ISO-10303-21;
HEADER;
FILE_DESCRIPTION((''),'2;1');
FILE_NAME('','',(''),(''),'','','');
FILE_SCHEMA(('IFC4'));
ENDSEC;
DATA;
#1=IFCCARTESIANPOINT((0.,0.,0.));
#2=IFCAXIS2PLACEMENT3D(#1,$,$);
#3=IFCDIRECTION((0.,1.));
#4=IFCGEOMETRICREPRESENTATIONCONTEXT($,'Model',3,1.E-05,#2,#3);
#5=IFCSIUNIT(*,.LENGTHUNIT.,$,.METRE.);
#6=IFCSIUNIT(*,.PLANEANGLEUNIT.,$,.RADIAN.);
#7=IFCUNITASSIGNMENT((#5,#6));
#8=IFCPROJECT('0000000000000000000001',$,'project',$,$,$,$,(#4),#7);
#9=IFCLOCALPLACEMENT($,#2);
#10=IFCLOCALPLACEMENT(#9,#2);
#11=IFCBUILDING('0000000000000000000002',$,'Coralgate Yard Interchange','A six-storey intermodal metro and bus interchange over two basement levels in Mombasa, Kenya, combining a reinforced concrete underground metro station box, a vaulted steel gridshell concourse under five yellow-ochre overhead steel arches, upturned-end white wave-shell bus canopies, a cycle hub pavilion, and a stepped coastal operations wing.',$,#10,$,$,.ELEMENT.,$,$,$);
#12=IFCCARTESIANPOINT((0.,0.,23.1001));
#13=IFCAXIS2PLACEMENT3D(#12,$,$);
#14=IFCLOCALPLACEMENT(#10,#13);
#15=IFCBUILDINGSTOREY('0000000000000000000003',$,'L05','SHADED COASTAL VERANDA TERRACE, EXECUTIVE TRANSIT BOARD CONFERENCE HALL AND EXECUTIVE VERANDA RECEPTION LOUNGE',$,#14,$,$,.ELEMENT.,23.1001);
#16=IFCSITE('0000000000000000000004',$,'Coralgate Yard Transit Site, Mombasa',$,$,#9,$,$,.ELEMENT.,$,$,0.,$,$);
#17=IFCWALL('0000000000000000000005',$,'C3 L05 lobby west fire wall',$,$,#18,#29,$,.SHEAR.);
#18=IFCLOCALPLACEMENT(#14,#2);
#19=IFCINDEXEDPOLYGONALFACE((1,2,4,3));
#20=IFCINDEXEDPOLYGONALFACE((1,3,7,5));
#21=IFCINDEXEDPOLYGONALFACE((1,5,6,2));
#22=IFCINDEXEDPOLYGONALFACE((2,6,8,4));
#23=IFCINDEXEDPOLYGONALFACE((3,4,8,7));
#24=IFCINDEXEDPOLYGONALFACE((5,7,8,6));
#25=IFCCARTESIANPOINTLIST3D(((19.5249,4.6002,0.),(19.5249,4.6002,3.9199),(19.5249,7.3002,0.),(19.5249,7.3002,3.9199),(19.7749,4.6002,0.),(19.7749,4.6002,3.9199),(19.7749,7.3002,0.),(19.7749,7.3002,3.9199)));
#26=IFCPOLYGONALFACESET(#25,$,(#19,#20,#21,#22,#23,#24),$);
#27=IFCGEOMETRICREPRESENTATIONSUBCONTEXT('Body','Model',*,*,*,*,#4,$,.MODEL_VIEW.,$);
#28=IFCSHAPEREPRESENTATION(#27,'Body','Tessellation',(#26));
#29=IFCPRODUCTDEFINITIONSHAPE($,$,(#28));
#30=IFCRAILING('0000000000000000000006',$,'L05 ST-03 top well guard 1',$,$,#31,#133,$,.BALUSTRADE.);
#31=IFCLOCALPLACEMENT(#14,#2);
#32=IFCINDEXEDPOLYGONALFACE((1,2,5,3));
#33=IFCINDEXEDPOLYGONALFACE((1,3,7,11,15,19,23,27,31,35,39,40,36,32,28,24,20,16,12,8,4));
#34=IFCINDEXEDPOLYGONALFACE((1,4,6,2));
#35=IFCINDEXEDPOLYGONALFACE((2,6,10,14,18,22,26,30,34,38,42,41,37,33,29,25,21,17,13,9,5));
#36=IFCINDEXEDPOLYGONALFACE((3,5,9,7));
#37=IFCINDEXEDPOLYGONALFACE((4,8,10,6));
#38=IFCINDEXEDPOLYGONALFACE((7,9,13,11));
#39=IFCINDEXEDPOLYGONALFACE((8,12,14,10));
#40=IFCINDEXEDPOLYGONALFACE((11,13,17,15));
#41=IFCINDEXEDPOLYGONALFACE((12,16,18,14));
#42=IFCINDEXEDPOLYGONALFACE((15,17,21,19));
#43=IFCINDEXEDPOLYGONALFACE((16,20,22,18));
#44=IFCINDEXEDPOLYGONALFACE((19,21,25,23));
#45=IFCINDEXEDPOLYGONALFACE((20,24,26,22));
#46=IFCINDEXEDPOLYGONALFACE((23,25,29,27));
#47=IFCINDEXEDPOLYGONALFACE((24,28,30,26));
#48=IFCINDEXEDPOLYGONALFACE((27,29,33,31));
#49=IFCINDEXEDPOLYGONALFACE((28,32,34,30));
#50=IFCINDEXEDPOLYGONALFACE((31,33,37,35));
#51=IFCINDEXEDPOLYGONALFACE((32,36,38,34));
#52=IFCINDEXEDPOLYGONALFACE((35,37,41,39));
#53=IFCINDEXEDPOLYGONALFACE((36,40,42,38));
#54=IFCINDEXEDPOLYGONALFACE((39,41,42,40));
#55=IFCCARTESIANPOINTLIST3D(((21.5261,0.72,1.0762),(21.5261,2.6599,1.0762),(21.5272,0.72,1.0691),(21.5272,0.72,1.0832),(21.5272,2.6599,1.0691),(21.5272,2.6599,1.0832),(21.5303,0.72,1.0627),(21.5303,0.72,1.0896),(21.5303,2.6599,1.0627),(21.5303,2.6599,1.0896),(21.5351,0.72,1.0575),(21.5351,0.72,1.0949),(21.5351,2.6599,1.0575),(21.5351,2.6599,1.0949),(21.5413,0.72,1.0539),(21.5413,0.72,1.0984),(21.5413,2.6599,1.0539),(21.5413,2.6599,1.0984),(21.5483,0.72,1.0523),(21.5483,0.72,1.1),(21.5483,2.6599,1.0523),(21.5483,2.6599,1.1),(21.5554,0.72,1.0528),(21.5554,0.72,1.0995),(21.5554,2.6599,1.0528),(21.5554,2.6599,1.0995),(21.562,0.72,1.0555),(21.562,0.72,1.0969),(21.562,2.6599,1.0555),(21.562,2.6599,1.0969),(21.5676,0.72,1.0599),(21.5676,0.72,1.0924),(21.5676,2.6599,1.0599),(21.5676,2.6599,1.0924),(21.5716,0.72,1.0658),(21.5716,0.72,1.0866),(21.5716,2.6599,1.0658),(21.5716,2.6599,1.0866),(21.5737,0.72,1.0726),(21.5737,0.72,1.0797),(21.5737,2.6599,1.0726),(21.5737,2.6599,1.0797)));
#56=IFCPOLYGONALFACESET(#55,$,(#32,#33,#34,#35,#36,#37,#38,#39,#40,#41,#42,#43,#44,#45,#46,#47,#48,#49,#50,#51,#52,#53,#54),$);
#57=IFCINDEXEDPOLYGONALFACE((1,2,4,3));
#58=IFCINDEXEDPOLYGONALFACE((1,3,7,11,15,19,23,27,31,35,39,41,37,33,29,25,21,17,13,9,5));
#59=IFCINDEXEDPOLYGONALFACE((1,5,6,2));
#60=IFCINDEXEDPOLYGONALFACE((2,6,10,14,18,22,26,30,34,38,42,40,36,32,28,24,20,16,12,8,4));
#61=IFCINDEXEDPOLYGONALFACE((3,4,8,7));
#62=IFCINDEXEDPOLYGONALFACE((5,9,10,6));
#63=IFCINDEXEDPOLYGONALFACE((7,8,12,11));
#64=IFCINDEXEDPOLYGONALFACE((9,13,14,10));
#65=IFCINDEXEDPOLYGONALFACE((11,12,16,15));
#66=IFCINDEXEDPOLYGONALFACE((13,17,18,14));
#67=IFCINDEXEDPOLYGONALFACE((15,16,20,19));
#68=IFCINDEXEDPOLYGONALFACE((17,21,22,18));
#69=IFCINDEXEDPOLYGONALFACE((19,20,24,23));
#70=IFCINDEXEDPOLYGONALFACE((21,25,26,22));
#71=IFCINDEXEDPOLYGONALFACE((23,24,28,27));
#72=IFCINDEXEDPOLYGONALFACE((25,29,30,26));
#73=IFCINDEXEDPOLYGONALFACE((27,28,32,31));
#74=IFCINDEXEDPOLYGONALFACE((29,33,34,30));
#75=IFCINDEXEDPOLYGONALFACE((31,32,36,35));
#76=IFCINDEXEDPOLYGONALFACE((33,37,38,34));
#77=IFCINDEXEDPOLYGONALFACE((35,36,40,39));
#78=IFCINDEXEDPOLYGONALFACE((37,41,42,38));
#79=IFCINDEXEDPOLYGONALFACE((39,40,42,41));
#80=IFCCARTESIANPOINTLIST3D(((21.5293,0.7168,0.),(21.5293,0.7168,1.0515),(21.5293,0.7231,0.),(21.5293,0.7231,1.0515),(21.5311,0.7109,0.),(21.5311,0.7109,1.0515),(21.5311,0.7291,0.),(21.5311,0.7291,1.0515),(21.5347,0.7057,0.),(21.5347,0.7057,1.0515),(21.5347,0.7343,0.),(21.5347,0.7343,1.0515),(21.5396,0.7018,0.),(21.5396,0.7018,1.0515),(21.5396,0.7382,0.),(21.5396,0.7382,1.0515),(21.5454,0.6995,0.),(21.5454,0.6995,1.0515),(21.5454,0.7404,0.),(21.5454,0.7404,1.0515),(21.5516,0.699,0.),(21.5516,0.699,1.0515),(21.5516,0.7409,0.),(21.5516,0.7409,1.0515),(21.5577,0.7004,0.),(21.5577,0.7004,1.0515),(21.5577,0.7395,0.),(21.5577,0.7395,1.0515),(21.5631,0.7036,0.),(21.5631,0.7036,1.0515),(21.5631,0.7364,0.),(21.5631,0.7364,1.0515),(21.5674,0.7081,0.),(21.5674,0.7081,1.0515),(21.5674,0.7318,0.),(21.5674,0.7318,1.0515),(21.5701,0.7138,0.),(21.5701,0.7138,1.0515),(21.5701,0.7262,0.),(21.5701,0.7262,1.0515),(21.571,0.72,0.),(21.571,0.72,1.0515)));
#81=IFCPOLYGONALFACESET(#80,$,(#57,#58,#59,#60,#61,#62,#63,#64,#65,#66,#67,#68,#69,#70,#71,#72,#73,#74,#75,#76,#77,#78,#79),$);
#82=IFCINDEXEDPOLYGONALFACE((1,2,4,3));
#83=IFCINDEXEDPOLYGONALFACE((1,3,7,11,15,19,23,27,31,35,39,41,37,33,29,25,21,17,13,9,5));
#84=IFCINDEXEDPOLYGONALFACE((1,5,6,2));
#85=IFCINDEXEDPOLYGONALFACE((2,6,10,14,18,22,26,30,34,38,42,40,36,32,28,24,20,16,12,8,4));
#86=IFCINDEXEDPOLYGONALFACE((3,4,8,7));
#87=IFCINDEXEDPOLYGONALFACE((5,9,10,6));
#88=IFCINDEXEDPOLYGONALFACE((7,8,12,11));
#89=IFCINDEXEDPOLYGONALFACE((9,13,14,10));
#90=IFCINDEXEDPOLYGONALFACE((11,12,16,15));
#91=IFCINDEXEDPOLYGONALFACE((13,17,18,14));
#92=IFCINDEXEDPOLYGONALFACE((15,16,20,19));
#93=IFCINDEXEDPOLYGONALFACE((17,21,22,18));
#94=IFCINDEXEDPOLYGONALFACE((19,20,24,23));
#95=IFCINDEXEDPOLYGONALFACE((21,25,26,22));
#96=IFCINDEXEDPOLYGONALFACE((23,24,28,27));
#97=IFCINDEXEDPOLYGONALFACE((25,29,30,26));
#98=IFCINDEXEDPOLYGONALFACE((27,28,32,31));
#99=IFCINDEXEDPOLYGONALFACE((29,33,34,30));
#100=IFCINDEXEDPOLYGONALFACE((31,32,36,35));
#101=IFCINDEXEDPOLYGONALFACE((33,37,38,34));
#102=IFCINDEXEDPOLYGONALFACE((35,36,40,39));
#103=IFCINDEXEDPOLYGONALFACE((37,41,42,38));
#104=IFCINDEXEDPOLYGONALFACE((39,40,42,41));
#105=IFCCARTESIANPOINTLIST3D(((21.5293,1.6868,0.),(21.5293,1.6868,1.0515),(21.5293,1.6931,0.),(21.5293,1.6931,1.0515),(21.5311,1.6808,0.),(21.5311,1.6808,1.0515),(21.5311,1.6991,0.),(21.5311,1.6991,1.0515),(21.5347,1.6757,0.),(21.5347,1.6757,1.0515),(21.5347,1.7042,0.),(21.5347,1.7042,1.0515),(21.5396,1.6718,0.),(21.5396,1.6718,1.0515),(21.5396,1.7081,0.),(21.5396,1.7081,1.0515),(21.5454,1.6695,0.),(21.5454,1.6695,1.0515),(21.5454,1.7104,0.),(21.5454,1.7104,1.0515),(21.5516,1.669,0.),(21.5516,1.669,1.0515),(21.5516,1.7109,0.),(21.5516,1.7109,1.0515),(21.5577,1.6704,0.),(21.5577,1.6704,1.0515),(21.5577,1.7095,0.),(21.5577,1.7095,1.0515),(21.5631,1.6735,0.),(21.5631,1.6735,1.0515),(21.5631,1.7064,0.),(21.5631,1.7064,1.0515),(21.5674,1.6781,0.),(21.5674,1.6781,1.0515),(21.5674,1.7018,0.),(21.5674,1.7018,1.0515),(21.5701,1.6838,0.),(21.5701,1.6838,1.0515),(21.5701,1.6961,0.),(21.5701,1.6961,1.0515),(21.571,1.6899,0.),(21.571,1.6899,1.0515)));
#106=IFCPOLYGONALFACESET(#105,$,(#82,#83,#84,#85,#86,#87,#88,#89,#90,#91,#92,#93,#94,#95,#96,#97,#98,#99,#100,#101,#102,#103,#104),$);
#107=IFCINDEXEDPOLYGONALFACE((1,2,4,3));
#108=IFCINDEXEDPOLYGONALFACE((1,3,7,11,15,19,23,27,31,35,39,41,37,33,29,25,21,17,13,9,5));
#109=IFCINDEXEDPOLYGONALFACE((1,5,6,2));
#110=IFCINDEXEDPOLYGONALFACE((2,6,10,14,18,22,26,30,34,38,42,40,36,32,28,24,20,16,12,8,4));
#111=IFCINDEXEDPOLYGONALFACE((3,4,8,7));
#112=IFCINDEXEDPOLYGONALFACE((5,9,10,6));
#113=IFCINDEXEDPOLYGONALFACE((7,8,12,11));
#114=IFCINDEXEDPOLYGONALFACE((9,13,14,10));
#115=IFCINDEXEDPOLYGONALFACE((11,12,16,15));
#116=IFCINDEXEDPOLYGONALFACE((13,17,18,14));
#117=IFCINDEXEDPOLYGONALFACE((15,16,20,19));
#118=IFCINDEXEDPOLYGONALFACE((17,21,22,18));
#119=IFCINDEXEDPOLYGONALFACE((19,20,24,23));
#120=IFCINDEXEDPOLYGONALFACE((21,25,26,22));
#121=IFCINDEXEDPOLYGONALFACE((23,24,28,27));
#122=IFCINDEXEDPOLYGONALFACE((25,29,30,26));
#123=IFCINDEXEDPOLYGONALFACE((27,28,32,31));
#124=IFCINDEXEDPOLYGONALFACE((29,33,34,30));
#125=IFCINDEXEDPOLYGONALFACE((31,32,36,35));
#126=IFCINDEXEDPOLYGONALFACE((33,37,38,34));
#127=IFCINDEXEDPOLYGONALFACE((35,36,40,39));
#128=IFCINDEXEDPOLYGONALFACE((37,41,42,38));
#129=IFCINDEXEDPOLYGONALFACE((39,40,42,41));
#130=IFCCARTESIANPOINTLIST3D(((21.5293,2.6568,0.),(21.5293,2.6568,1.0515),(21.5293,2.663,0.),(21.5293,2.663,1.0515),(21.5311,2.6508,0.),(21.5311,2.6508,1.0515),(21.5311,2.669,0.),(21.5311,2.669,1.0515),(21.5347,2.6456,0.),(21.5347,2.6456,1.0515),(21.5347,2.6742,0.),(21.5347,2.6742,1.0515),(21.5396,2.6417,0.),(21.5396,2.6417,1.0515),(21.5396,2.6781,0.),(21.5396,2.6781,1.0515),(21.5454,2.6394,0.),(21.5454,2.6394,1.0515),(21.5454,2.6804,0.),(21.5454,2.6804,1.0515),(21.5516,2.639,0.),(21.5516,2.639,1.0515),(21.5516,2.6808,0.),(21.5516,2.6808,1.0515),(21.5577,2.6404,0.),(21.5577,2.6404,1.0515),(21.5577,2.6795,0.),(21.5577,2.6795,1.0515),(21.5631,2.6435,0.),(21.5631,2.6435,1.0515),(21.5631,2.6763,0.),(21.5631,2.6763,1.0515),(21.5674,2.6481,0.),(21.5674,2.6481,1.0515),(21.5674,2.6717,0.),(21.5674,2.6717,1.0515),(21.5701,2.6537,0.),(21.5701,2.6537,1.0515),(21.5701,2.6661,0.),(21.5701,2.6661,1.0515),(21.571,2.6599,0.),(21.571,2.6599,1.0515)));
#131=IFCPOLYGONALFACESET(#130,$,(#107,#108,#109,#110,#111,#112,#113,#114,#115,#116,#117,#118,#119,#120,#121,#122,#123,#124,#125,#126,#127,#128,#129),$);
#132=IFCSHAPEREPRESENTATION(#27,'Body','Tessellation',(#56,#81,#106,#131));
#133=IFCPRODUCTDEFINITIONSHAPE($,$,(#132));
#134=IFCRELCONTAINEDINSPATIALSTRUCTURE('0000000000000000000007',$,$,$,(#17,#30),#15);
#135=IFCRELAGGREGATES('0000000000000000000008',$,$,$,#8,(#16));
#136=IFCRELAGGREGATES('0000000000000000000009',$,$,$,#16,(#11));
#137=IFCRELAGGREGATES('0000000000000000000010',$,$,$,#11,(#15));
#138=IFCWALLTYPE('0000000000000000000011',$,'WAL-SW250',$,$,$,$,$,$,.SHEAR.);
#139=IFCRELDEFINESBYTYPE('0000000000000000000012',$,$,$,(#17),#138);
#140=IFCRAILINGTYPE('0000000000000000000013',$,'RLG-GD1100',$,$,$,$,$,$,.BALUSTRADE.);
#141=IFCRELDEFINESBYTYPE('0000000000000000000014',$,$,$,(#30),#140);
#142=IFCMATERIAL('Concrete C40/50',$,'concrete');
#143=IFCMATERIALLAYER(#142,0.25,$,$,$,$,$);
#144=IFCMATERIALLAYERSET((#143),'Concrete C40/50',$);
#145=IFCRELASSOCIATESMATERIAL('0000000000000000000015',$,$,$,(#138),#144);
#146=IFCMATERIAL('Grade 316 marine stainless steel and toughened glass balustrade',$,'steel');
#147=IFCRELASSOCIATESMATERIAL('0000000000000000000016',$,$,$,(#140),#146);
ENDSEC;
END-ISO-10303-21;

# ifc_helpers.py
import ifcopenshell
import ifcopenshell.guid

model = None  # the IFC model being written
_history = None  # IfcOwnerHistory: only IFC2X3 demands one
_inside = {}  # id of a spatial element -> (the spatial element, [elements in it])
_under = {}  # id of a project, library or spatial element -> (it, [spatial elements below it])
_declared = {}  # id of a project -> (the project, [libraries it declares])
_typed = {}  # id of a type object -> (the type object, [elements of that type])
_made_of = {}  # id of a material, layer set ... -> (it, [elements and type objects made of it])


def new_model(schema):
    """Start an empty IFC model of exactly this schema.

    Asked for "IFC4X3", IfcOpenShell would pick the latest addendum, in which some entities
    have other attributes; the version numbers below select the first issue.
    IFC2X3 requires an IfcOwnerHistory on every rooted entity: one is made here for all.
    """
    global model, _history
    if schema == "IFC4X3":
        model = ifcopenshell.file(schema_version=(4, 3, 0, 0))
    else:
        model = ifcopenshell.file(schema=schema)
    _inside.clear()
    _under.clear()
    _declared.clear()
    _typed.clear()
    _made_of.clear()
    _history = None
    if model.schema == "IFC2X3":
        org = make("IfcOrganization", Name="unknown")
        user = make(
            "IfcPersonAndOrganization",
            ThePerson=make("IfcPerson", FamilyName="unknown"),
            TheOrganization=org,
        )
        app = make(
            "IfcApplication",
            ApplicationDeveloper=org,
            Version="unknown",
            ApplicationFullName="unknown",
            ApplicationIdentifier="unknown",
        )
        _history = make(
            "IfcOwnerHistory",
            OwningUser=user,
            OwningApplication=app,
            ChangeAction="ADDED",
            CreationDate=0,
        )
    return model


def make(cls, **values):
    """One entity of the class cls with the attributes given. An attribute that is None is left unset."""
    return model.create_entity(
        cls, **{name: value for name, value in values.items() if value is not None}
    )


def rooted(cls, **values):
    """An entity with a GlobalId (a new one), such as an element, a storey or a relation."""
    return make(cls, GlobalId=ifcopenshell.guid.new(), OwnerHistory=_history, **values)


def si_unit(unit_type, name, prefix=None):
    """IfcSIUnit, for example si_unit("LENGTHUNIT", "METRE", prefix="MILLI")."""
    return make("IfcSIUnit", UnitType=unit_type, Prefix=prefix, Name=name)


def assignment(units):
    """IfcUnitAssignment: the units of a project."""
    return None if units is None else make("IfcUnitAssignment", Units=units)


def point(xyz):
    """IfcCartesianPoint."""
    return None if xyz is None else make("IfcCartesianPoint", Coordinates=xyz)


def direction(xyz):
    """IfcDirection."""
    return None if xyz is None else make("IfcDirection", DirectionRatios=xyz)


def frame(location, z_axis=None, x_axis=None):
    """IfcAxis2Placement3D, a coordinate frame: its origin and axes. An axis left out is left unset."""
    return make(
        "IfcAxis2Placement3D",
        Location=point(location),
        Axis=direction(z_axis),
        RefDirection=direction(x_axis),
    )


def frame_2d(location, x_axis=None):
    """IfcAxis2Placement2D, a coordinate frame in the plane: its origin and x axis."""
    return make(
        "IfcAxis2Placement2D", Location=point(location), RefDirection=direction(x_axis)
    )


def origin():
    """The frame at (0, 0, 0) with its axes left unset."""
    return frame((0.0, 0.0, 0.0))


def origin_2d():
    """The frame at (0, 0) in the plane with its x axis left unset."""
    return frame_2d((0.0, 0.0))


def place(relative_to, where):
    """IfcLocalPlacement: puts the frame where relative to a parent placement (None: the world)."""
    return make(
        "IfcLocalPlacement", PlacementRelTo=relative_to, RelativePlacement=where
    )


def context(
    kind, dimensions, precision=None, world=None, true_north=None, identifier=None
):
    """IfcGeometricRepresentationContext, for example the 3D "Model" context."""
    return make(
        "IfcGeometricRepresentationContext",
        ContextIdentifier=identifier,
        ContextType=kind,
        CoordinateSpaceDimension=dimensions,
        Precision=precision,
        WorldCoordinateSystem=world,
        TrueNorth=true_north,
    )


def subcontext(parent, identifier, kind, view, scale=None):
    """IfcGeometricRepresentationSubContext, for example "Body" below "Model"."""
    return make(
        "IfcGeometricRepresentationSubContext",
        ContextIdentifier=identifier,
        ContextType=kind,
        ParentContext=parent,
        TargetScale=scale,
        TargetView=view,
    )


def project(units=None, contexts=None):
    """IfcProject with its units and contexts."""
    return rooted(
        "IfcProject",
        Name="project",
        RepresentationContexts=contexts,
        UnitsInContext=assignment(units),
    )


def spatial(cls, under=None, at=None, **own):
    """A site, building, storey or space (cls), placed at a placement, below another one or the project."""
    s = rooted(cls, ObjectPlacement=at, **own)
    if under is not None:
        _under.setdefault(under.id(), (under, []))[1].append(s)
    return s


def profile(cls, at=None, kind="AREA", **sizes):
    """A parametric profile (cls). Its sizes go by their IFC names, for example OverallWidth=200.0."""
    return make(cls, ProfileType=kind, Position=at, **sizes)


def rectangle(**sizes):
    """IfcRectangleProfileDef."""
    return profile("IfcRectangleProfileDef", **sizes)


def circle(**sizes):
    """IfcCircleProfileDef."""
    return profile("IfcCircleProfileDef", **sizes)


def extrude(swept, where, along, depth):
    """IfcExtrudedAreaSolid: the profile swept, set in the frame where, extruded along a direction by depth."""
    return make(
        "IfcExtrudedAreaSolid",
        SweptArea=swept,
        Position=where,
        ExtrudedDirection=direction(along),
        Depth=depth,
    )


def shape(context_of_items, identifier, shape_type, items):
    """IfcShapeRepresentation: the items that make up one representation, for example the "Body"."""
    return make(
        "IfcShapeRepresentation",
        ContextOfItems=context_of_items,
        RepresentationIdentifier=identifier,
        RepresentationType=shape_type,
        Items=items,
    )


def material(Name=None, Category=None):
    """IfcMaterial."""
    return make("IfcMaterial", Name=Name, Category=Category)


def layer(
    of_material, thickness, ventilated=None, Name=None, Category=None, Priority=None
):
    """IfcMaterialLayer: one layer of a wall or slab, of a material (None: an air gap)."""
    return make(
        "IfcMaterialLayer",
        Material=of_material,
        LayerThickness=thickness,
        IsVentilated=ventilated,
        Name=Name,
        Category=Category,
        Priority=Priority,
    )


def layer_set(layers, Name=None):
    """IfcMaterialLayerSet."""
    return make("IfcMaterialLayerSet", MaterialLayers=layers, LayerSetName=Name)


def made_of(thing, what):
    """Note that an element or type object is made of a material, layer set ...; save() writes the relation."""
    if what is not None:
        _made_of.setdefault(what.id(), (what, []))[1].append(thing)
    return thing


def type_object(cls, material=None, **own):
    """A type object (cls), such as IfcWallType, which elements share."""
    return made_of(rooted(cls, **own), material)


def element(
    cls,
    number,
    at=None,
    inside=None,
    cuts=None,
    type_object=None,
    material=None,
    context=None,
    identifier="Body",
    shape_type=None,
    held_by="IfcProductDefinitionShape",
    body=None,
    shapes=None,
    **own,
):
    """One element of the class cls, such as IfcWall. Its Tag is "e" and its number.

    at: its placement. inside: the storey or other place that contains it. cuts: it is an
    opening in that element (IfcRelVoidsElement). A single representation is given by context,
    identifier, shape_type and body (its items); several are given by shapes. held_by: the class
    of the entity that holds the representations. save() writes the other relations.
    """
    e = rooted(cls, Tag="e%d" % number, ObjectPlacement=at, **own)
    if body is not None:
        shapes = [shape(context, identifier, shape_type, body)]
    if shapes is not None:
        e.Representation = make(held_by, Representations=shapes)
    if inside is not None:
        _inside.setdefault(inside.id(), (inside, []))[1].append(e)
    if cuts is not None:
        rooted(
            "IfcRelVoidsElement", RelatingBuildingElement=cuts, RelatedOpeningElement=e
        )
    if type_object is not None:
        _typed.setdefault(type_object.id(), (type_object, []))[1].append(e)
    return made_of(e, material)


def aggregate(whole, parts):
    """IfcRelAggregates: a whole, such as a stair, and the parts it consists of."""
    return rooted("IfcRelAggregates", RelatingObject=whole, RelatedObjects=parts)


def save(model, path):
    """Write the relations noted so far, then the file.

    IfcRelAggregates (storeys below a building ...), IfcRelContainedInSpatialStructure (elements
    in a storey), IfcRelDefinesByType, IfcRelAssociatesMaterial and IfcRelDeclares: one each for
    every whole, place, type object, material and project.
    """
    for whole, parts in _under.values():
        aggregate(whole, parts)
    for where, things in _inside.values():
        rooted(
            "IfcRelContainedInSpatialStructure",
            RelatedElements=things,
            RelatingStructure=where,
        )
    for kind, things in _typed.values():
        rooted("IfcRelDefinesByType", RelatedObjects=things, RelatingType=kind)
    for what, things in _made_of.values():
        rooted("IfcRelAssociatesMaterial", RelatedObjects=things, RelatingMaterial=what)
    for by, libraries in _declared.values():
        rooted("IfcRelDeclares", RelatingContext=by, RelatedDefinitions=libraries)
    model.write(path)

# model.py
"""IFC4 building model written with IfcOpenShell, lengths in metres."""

from ifc_helpers import new_model, si_unit, direction, frame, frame_2d, origin, origin_2d, place, context, subcontext, project, spatial, rectangle, circle, extrude, material, layer, layer_set, type_object, element, save


model = new_model("IFC4")

# Units and contexts
model_context = context("Model", 3, precision=1e-05, world=origin(), true_north=direction((0.0, 1.0)))
body_context = subcontext(model_context, "Body", "Model", "MODEL_VIEW")
ifc_project = project(units=[si_unit("LENGTHUNIT", "METRE"), si_unit("PLANEANGLEUNIT", "RADIAN")], contexts=[model_context])

# Site, building, storey
site_placement = place(None, origin())
site = spatial("IfcSite", under=ifc_project, at=site_placement, Name="Coralgate Yard Transit Site, Mombasa", CompositionType="ELEMENT", RefElevation=0.0)
building_placement = place(site_placement, origin())
building = spatial("IfcBuilding", under=site, at=building_placement, Name="Coralgate Yard Interchange", Description="A six-storey intermodal metro and bus interchange over two basement levels in Mombasa, Kenya, combining a reinforced concrete underground metro station box, a vaulted steel gridshell concourse under five yellow-ochre overhead steel arches, upturned-end white wave-shell bus canopies, a cycle hub pavilion, and a stepped coastal operations wing.", CompositionType="ELEMENT")
storey_placement = place(building_placement, frame((0.0, 0.0, 23.1001)))
storey = spatial("IfcBuildingStorey", under=building, at=storey_placement, Name="L05", Description="SHADED COASTAL VERANDA TERRACE, EXECUTIVE TRANSIT BOARD CONFERENCE HALL AND EXECUTIVE VERANDA RECEPTION LOUNGE", CompositionType="ELEMENT", Elevation=23.1001)

# Shared definitions
ifc_material_1 = material(Name="Concrete C40/50", Category="concrete")

# Shared definitions
ifc_layer_1 = layer(ifc_material_1, 0.25)
ifc_layer_set_1 = layer_set([ifc_layer_1], Name="Concrete C40/50")
wall_type_1 = type_object("IfcWallType", Name="WAL-SW250", PredefinedType="SHEAR", material=ifc_layer_set_1)

# Wall
wall_1_placement = place(storey_placement, frame((19.6499, 4.6001, 0.0), z_axis=(0.0, 0.0, 1.0), x_axis=(0.0, 1.0, 0.0)))
element("IfcWall", 1, at=wall_1_placement, inside=storey, type_object=wall_type_1, Name="C3 L05 lobby west fire wall", PredefinedType="SHEAR", context=body_context, shape_type="SweptSolid", body=[
    extrude(rectangle(XDim=2.7, YDim=0.25, at=frame_2d((1.3501, 0.0))), origin(), (0.0, 0.0, 1.0), 3.9199),
])

# Railing
ifc_material_2 = material(Name="Grade 316 marine stainless steel and toughened glass balustrade", Category="steel")
railing_type = type_object("IfcRailingType", Name="RLG-GD1100", PredefinedType="BALUSTRADE", material=ifc_material_2)
railing_placement = place(storey_placement, frame((21.55, 0.72, 0.0)))
element("IfcRailing", 2, at=railing_placement, inside=storey, type_object=railing_type, Name="L05 ST-03 top well guard 1", PredefinedType="BALUSTRADE", context=body_context, shape_type="SweptSolid", body=[
    extrude(circle(Radius=0.0239, at=origin_2d()), frame((0.0, 0.0, 1.0762), z_axis=(0.0, 1.0, 0.0), x_axis=(-1.0, 0.0, 0.0)), (0.0, 0.0, 1.0), 1.9399),
    extrude(circle(Radius=0.021, at=origin_2d()), origin(), (0.0, 0.0, 1.0), 1.0515),
    extrude(circle(Radius=0.021, at=origin_2d()), frame((0.0, 0.97, 0.0)), (0.0, 0.0, 1.0), 1.0515),
    extrude(circle(Radius=0.021, at=origin_2d()), frame((0.0, 1.9399, 0.0)), (0.0, 0.0, 1.0), 1.0515),
])

save(model, "model.ifc")
